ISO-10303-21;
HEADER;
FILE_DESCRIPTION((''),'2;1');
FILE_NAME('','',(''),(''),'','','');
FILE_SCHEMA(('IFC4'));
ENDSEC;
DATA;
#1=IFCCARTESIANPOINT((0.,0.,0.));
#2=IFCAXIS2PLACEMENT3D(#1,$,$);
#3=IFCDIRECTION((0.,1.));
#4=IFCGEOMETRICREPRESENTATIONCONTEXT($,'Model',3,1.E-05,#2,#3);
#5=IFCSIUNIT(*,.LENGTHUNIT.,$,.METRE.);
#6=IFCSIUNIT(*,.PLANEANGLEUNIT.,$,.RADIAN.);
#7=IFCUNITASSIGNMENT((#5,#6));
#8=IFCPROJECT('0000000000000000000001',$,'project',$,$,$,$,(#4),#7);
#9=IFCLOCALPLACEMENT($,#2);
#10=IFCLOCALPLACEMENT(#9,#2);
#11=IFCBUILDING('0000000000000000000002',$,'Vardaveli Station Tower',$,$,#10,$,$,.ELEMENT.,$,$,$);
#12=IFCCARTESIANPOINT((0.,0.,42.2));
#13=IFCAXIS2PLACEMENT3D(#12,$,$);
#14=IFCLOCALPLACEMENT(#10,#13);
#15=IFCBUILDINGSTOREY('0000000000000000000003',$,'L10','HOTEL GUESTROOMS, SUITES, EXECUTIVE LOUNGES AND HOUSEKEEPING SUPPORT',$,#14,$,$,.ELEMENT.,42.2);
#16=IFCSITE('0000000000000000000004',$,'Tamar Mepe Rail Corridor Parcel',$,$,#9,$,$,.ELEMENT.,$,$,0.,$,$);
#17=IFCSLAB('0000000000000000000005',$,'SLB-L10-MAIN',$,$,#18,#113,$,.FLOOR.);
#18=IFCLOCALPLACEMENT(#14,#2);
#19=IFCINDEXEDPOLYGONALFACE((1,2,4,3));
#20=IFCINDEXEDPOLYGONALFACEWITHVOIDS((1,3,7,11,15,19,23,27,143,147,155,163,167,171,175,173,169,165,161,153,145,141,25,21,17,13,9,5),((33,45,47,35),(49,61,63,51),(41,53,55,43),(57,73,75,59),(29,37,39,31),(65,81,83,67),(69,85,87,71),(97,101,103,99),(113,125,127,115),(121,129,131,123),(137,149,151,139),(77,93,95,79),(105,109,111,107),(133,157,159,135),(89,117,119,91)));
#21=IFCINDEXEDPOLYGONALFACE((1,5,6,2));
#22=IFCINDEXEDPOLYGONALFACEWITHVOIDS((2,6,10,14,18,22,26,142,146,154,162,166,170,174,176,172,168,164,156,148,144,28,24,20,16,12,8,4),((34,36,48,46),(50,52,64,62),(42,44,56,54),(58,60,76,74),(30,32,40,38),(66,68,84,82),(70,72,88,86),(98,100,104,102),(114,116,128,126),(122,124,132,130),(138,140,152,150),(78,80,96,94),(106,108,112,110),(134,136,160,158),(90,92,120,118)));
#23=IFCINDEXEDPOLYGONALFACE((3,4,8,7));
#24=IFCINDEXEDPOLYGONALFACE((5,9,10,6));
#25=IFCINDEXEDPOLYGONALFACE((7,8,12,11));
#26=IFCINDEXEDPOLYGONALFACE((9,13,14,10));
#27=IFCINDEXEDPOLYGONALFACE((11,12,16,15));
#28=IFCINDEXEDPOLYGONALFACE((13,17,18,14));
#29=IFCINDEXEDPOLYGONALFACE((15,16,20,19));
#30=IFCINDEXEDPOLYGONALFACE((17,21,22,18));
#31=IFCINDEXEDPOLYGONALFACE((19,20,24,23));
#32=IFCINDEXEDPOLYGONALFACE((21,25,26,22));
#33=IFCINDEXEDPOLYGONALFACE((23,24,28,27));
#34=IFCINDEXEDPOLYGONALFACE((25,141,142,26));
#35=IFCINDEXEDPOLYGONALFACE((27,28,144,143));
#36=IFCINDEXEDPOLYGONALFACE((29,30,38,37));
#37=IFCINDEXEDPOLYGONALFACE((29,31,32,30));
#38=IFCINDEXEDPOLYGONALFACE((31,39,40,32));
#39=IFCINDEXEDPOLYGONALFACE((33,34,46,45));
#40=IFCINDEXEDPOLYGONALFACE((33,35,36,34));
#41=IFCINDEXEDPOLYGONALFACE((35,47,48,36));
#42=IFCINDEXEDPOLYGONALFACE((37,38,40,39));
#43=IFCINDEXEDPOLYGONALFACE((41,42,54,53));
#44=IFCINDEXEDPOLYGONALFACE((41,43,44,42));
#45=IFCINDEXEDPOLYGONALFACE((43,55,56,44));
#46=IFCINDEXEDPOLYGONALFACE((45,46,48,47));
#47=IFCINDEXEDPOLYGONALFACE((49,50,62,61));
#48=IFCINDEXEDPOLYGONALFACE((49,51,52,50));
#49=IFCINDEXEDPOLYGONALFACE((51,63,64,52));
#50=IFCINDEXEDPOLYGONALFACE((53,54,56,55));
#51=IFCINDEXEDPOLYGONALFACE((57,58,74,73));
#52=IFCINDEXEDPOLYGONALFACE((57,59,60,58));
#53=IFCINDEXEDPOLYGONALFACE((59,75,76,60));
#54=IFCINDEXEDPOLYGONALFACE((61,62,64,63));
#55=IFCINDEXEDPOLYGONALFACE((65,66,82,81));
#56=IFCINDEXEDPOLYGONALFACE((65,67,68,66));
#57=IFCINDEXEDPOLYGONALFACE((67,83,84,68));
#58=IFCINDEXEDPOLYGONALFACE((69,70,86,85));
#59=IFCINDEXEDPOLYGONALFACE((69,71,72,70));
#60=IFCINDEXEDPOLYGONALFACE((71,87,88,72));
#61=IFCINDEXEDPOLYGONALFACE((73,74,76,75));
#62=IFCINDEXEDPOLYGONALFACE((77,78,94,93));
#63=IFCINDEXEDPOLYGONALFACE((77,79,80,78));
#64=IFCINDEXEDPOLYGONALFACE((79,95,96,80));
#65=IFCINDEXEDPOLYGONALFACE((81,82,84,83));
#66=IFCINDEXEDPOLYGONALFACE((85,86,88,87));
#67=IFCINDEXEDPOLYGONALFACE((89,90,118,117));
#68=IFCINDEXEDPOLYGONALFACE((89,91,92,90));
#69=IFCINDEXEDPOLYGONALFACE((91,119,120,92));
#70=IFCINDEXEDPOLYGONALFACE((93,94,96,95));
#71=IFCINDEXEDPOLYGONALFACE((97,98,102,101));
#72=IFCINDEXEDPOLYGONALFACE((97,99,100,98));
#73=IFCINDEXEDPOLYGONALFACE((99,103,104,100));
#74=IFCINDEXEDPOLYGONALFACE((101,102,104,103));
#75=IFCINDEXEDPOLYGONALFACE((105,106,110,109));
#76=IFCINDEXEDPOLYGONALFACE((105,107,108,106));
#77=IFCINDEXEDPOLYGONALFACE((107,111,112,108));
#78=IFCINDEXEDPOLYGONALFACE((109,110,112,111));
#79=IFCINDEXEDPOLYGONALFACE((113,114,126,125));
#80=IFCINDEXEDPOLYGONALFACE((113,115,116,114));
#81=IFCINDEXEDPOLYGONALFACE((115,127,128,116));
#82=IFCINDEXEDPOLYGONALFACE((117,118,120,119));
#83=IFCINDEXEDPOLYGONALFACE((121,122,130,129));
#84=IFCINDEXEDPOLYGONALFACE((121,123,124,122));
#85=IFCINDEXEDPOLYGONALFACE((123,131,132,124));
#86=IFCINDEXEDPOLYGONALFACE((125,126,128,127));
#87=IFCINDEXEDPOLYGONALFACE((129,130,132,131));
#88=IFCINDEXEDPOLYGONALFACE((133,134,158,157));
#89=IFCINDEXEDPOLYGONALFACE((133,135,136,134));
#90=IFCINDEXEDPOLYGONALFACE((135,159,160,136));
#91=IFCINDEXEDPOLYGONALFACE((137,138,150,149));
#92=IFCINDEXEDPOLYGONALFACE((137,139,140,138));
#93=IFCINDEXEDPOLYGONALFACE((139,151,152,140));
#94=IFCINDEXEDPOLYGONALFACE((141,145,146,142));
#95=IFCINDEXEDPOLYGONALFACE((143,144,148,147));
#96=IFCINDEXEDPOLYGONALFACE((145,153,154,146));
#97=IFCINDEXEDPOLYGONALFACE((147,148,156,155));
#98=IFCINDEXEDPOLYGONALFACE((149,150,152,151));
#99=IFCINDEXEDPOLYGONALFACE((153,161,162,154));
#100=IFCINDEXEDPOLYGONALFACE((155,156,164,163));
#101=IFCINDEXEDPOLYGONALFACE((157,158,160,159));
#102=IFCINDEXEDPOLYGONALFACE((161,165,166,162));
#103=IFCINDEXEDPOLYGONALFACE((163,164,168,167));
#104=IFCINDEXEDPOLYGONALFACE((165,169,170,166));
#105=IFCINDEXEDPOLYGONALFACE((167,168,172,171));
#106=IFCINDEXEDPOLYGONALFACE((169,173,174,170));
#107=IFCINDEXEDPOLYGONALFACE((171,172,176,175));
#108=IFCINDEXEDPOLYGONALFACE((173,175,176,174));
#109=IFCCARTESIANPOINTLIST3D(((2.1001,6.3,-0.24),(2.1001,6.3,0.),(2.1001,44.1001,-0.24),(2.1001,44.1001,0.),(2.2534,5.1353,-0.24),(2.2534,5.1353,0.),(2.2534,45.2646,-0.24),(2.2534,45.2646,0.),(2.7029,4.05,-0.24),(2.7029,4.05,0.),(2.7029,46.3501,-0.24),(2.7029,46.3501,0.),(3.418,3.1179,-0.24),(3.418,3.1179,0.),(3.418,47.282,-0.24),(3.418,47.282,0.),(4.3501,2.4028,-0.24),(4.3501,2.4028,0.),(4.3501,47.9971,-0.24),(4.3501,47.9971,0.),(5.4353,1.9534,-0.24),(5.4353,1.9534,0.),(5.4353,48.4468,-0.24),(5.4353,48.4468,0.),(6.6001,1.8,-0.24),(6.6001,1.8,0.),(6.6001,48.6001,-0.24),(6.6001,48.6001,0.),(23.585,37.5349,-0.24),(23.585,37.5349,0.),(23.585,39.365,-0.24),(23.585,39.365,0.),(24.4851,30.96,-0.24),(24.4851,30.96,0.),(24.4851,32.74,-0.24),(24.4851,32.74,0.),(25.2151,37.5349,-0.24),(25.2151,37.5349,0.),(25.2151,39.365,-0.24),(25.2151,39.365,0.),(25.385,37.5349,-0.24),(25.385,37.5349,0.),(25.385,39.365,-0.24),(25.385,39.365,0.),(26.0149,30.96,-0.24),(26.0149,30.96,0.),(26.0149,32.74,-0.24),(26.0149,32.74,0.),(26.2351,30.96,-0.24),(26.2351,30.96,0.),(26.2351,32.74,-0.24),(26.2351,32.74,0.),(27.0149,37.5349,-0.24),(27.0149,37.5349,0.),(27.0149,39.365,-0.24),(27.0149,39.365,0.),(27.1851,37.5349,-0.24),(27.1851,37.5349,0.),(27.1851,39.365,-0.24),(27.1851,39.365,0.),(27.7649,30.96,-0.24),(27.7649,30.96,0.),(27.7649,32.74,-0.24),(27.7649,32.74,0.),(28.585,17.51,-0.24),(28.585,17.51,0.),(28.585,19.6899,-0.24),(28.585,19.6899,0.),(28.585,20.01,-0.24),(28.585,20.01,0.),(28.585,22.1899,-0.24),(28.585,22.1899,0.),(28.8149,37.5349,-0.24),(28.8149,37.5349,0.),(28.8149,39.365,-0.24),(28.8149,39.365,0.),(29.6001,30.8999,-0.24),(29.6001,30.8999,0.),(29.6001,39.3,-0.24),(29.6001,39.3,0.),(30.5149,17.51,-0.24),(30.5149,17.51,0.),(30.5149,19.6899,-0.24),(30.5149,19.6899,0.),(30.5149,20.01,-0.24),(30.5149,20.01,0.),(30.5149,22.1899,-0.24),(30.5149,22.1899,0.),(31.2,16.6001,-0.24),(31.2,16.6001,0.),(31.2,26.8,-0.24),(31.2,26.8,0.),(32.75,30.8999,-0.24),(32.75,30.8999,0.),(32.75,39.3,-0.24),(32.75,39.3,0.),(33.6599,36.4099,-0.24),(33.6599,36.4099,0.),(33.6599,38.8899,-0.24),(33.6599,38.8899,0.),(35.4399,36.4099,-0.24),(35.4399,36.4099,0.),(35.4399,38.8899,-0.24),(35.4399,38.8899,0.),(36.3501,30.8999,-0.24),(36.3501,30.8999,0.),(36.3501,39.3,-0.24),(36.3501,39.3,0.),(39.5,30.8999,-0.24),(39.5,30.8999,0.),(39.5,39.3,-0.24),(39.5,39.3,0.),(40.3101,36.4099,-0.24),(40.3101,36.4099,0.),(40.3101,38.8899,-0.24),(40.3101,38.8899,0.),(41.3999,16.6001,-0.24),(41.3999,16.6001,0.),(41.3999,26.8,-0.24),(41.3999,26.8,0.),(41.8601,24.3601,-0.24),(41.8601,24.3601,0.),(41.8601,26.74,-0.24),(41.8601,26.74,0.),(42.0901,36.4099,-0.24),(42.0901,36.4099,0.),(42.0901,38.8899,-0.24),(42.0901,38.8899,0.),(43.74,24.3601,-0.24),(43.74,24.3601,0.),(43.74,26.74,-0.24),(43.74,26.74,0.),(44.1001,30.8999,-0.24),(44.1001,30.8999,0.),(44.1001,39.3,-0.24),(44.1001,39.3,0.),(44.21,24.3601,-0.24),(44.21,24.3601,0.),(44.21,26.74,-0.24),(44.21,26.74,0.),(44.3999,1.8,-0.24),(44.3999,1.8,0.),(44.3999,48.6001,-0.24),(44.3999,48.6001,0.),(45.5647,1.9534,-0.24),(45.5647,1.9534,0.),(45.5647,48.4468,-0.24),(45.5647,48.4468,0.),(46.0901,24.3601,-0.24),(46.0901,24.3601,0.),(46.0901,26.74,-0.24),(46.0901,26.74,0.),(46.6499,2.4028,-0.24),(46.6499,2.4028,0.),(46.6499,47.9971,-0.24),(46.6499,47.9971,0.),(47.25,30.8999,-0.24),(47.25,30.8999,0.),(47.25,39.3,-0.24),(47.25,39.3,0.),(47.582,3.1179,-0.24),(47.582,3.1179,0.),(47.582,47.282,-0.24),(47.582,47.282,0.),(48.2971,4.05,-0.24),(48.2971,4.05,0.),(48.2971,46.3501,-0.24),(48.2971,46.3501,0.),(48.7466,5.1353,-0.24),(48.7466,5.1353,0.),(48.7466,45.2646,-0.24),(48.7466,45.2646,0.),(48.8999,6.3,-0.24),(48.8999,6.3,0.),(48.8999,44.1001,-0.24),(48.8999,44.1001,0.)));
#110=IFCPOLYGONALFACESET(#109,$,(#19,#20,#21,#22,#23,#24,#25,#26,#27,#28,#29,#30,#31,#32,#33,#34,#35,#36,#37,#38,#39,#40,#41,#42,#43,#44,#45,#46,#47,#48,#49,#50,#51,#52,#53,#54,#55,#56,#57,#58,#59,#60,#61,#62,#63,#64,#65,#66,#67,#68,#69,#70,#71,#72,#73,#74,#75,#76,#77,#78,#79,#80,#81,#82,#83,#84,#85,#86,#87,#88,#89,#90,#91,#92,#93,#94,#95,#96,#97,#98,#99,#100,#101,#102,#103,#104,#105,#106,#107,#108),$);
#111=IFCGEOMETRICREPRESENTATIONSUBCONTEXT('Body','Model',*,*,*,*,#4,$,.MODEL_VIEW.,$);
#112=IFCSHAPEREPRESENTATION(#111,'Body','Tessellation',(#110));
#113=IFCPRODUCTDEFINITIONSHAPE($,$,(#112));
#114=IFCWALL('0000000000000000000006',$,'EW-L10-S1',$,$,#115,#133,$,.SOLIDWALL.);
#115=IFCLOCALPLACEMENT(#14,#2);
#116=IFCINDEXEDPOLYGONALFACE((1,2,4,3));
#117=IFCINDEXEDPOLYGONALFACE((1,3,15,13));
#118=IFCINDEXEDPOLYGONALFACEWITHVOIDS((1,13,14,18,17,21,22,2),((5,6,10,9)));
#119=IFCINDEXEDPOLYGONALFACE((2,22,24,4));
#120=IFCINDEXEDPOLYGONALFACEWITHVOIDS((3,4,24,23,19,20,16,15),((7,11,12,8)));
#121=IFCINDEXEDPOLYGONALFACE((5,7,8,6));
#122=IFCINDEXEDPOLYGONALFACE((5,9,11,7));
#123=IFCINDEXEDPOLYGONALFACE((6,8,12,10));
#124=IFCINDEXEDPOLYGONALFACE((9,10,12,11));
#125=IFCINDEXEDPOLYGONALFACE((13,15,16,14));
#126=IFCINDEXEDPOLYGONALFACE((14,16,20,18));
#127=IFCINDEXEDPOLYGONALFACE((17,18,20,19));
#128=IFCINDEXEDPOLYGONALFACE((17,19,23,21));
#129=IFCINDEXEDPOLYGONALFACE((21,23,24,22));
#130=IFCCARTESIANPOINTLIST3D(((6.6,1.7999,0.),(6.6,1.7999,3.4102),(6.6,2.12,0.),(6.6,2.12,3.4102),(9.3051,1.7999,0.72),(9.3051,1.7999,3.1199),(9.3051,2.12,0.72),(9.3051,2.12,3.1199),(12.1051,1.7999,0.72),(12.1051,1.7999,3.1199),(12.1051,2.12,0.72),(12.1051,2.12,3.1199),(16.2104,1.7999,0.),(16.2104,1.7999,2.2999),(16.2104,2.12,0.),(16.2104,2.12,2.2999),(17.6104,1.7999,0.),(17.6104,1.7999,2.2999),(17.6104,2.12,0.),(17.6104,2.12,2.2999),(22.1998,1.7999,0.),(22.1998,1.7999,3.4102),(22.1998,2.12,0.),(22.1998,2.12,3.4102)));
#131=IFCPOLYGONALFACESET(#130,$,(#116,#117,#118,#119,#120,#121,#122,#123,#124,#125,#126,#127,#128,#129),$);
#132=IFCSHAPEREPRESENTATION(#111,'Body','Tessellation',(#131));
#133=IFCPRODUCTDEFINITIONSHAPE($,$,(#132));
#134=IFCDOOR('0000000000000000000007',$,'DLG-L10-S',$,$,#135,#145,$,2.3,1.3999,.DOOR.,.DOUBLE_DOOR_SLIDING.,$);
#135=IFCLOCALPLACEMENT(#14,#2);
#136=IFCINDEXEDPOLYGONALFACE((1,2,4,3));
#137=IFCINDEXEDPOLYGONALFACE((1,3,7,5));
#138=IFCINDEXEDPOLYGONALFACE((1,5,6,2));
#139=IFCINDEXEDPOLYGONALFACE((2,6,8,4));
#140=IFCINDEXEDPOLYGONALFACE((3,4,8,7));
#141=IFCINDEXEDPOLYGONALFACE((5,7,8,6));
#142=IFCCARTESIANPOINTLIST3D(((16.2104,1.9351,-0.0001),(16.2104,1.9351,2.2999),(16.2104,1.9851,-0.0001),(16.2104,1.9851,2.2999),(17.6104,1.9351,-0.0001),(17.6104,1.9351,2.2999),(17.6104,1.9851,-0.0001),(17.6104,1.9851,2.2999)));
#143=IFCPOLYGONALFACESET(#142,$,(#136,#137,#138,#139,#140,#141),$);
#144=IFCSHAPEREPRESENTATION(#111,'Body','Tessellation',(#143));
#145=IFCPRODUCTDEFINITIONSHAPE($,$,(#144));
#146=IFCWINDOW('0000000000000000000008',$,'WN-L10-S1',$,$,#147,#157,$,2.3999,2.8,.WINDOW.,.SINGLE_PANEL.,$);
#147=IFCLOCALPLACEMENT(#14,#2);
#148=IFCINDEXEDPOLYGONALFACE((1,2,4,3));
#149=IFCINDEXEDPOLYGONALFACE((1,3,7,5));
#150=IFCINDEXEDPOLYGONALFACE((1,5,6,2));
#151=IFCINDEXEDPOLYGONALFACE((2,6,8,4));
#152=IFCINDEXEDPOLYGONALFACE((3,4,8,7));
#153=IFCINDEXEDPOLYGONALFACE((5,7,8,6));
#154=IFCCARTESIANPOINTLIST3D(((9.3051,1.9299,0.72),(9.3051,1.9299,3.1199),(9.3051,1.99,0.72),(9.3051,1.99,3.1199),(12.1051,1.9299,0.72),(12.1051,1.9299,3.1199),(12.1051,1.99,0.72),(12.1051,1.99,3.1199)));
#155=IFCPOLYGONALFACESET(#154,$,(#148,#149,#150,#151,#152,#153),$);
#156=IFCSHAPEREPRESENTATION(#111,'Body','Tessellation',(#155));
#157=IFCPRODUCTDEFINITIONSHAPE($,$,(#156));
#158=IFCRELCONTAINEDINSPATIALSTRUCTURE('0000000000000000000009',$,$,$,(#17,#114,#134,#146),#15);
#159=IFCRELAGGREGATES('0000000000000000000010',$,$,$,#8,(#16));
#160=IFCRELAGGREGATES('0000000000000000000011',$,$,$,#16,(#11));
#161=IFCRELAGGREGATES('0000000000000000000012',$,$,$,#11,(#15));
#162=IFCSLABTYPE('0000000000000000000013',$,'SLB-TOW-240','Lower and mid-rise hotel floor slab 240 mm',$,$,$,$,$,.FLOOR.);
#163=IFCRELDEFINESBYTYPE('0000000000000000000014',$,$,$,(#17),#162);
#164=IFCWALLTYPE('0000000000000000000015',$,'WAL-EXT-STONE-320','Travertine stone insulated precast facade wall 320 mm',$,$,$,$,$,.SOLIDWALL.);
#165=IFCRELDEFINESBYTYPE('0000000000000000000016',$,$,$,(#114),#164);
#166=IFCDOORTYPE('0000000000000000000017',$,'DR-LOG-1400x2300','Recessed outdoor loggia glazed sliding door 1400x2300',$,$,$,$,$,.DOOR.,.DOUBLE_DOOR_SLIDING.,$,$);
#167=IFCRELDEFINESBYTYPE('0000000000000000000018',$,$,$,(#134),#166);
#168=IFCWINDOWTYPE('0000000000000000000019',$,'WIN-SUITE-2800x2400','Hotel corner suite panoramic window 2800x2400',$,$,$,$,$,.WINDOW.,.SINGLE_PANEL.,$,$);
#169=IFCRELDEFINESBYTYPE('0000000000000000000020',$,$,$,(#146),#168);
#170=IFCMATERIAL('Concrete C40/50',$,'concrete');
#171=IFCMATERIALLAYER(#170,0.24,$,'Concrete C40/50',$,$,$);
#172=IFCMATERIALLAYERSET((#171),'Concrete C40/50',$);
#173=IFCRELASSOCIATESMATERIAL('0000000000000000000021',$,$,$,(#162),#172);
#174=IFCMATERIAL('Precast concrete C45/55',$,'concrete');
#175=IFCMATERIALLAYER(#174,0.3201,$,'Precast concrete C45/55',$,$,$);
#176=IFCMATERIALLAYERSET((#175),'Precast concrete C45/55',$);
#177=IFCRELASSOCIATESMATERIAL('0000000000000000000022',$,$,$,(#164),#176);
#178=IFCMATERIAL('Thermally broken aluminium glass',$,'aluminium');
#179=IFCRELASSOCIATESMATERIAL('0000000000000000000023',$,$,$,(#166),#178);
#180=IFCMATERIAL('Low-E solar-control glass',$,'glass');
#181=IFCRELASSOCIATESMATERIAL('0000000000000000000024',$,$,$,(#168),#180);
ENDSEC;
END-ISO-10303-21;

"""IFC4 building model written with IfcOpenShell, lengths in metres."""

from ifc_helpers import new_model, si_unit, direction, frame, frame_2d, origin, place, context, subcontext, project, spatial, polyline, rectangle, outline, extrude, source, transform, mapped, material, layer, layer_set, type_object, element, fill, save


model = new_model("IFC4")

# Units and contexts
model_context = context("Model", 3, precision=1e-05, world=origin(), true_north=direction((0.0, 1.0)))
body_context = subcontext(model_context, "Body", "Model", "MODEL_VIEW")
ifc_project = project(units=[si_unit("LENGTHUNIT", "METRE"), si_unit("PLANEANGLEUNIT", "RADIAN")], contexts=[model_context])

# Site, building, storey
site_placement = place(None, origin())
site = spatial("IfcSite", under=ifc_project, at=site_placement, Name="Tamar Mepe Rail Corridor Parcel", CompositionType="ELEMENT", RefElevation=0.0)
building_placement = place(site_placement, origin())
building = spatial("IfcBuilding", under=site, at=building_placement, Name="Vardaveli Station Tower", CompositionType="ELEMENT")
storey_placement = place(building_placement, frame((0.0, 0.0, 42.2)))
storey = spatial("IfcBuildingStorey", under=building, at=storey_placement, Name="L10", Description="HOTEL GUESTROOMS, SUITES, EXECUTIVE LOUNGES AND HOUSEKEEPING SUPPORT", CompositionType="ELEMENT", Elevation=42.2)

# Shared definitions
ifc_material_1 = material(Name="Concrete C40/50", Category="concrete")

# Slab
ifc_material_2 = material(Name="Precast concrete C45/55", Category="concrete")
ifc_layer_1 = layer(ifc_material_1, 0.24, Name="Concrete C40/50")
ifc_layer_set_1 = layer_set([ifc_layer_1], Name="Concrete C40/50")
slab_type_1 = type_object("IfcSlabType", Name="SLB-TOW-240", Description="Lower and mid-rise hotel floor slab 240 mm", PredefinedType="FLOOR", material=ifc_layer_set_1)
slab_1_placement = place(storey_placement, frame((0.0, 0.0, -0.24)))
element("IfcSlab", 1, at=slab_1_placement, inside=storey, type_object=slab_type_1, Name="SLB-L10-MAIN", PredefinedType="FLOOR", context=body_context, shape_type="SweptSolid", body=[
    extrude(outline(polyline([(2.1001, 6.3), (2.2534, 5.1353), (2.7029, 4.05), (3.418, 3.1179), (4.3501, 2.4028), (5.4353, 1.9534), (6.6001, 1.8), (44.3999, 1.8), (45.5647, 1.9534), (46.6499, 2.4028), (47.582, 3.1179), (48.2971, 4.05), (48.7466, 5.1353), (48.8999, 6.3), (48.8999, 44.1001), (48.7466, 45.2646), (48.2971, 46.3501), (47.582, 47.282), (46.6499, 47.9971), (45.5647, 48.4468), (44.3999, 48.6001), (6.6001, 48.6001), (5.4353, 48.4468), (4.3501, 47.9971), (3.418, 47.282), (2.7029, 46.3501), (2.2534, 45.2646), (2.1001, 44.1001), (2.1001, 6.3)]), holes=[polyline([(31.2, 16.6001), (41.3999, 16.6001), (41.3999, 26.8), (31.2, 26.8), (31.2, 16.6001)]), polyline([(32.75, 30.8999), (32.75, 39.3), (29.6001, 39.3), (29.6001, 30.8999), (32.75, 30.8999)]), polyline([(39.5, 30.8999), (39.5, 39.3), (36.3501, 39.3), (36.3501, 30.8999), (39.5, 30.8999)]), polyline([(47.25, 30.8999), (47.25, 39.3), (44.1001, 39.3), (44.1001, 30.8999), (47.25, 30.8999)]), polyline([(23.585, 37.5349), (25.2151, 37.5349), (25.2151, 39.365), (23.585, 39.365), (23.585, 37.5349)]), polyline([(25.385, 37.5349), (27.0149, 37.5349), (27.0149, 39.365), (25.385, 39.365), (25.385, 37.5349)]), polyline([(27.1851, 37.5349), (28.8149, 37.5349), (28.8149, 39.365), (27.1851, 39.365), (27.1851, 37.5349)]), polyline([(33.6599, 36.4099), (35.4399, 36.4099), (35.4399, 38.8899), (33.6599, 38.8899), (33.6599, 36.4099)]), polyline([(40.3101, 36.4099), (42.0901, 36.4099), (42.0901, 38.8899), (40.3101, 38.8899), (40.3101, 36.4099)]), polyline([(24.4851, 30.96), (26.0149, 30.96), (26.0149, 32.74), (24.4851, 32.74), (24.4851, 30.96)]), polyline([(26.2351, 30.96), (27.7649, 30.96), (27.7649, 32.74), (26.2351, 32.74), (26.2351, 30.96)]), polyline([(28.585, 17.51), (30.5149, 17.51), (30.5149, 19.6899), (28.585, 19.6899), (28.585, 17.51)]), polyline([(28.585, 20.01), (30.5149, 20.01), (30.5149, 22.1899), (28.585, 22.1899), (28.585, 20.01)]), polyline([(41.8601, 24.3601), (43.74, 24.3601), (43.74, 26.74), (41.8601, 26.74), (41.8601, 24.3601)]), polyline([(44.21, 24.3601), (46.0901, 24.3601), (46.0901, 26.74), (44.21, 26.74), (44.21, 24.3601)])]), origin(), (0.0, 0.0, 1.0), 0.24),
])

# Wall, openings, door, window
ifc_layer_2 = layer(ifc_material_2, 0.3201, Name="Precast concrete C45/55")
ifc_layer_set_2 = layer_set([ifc_layer_2], Name="Precast concrete C45/55")
wall_type = type_object("IfcWallType", Name="WAL-EXT-STONE-320", Description="Travertine stone insulated precast facade wall 320 mm", PredefinedType="SOLIDWALL", material=ifc_layer_set_2)
shared_shape_1 = source(origin(), body_context, "Body", "SweptSolid", [
    extrude(rectangle(XDim=15.5999, YDim=0.3201, at=frame_2d((7.7998, 0.0))), origin(), (0.0, 0.0, 1.0), 3.4102),
])
wall_1_placement = place(storey_placement, frame((6.6001, 1.96, 0.0), z_axis=(0.0, 0.0, 1.0), x_axis=(1.0, 0.0, 0.0)))
wall_1 = element("IfcWall", 2, at=wall_1_placement, inside=storey, type_object=wall_type, Name="EW-L10-S1", PredefinedType="SOLIDWALL", context=body_context, shape_type="MappedRepresentation", body=[
    mapped(shared_shape_1, transform((0.0, 0.0, 0.0), scale=1.0)),
])
shared_shape_2 = source(origin(), body_context, "Body", "SweptSolid", [
    extrude(rectangle(XDim=1.3999, YDim=2.3, at=frame_2d((0.7, 1.1499))), frame((0.0, 0.1699, 0.0), z_axis=(0.0, -1.0, 0.0), x_axis=(1.0, 0.0, 0.0)), (0.0, 0.0, 1.0), 0.3401),
])
opening_1_placement = place(wall_1_placement, frame((9.6104, 0.0, 0.0)))
opening_1 = element("IfcOpeningElement", 3, at=opening_1_placement, cuts=wall_1, PredefinedType="OPENING", context=body_context, shape_type="MappedRepresentation", body=[
    mapped(shared_shape_2, transform((0.0, 0.0, 0.0), scale=1.0)),
])
shared_shape_3 = source(origin(), body_context, "Body", "SweptSolid", [
    extrude(rectangle(XDim=2.8, YDim=2.3999, at=frame_2d((1.3999, 1.2))), frame((0.0, 0.1699, 0.0), z_axis=(0.0, -1.0, 0.0), x_axis=(1.0, 0.0, 0.0)), (0.0, 0.0, 1.0), 0.3401),
])
opening_2_placement = place(wall_1_placement, frame((2.7051, 0.0, 0.72)))
opening_2 = element("IfcOpeningElement", 4, at=opening_2_placement, cuts=wall_1, PredefinedType="OPENING", context=body_context, shape_type="MappedRepresentation", body=[
    mapped(shared_shape_3, transform((0.0, 0.0, 0.0), scale=1.0)),
])
ifc_material_3 = material(Name="Thermally broken aluminium glass", Category="aluminium")
door_type = type_object("IfcDoorType", Name="DR-LOG-1400x2300", Description="Recessed outdoor loggia glazed sliding door 1400x2300", OperationType="DOUBLE_DOOR_SLIDING", PredefinedType="DOOR", material=ifc_material_3)
shared_shape_4 = source(origin(), body_context, "Body", "SweptSolid", [
    extrude(rectangle(XDim=1.3999, YDim=2.3, at=frame_2d((0.7, 1.1499))), frame((0.0, 0.0249, 0.0), z_axis=(0.0, -1.0, 0.0), x_axis=(1.0, 0.0, 0.0)), (0.0, 0.0, 1.0), 0.05),
])
door_placement = place(opening_1_placement, frame((1.3999, 0.0, 0.0), z_axis=(0.0, 0.0, 1.0), x_axis=(-1.0, 0.0, 0.0)))
door = element("IfcDoor", 5, at=door_placement, inside=storey, type_object=door_type, Name="DLG-L10-S", OperationType="DOUBLE_DOOR_SLIDING", OverallHeight=2.3, OverallWidth=1.3999, PredefinedType="DOOR", context=body_context, shape_type="MappedRepresentation", body=[
    mapped(shared_shape_4, transform((0.0, 0.0, 0.0), scale=1.0)),
])
fill(opening_1, door)
ifc_material_4 = material(Name="Low-E solar-control glass", Category="glass")
window_type = type_object("IfcWindowType", Name="WIN-SUITE-2800x2400", Description="Hotel corner suite panoramic window 2800x2400", PartitioningType="SINGLE_PANEL", PredefinedType="WINDOW", material=ifc_material_4)
shared_shape_5 = source(origin(), body_context, "Body", "SweptSolid", [
    extrude(rectangle(XDim=2.8, YDim=2.3999, at=frame_2d((1.3999, 1.2))), frame((0.0, 0.03, 0.0), z_axis=(0.0, -1.0, 0.0), x_axis=(1.0, 0.0, 0.0)), (0.0, 0.0, 1.0), 0.0601),
])
window_placement = place(opening_2_placement, origin())
window = element("IfcWindow", 6, at=window_placement, inside=storey, type_object=window_type, Name="WN-L10-S1", OverallHeight=2.3999, OverallWidth=2.8, PartitioningType="SINGLE_PANEL", PredefinedType="WINDOW", context=body_context, shape_type="MappedRepresentation", body=[
    mapped(shared_shape_5, transform((0.0, 0.0, 0.0), scale=1.0)),
])
fill(opening_2, window)

save(model, "model.ifc")
